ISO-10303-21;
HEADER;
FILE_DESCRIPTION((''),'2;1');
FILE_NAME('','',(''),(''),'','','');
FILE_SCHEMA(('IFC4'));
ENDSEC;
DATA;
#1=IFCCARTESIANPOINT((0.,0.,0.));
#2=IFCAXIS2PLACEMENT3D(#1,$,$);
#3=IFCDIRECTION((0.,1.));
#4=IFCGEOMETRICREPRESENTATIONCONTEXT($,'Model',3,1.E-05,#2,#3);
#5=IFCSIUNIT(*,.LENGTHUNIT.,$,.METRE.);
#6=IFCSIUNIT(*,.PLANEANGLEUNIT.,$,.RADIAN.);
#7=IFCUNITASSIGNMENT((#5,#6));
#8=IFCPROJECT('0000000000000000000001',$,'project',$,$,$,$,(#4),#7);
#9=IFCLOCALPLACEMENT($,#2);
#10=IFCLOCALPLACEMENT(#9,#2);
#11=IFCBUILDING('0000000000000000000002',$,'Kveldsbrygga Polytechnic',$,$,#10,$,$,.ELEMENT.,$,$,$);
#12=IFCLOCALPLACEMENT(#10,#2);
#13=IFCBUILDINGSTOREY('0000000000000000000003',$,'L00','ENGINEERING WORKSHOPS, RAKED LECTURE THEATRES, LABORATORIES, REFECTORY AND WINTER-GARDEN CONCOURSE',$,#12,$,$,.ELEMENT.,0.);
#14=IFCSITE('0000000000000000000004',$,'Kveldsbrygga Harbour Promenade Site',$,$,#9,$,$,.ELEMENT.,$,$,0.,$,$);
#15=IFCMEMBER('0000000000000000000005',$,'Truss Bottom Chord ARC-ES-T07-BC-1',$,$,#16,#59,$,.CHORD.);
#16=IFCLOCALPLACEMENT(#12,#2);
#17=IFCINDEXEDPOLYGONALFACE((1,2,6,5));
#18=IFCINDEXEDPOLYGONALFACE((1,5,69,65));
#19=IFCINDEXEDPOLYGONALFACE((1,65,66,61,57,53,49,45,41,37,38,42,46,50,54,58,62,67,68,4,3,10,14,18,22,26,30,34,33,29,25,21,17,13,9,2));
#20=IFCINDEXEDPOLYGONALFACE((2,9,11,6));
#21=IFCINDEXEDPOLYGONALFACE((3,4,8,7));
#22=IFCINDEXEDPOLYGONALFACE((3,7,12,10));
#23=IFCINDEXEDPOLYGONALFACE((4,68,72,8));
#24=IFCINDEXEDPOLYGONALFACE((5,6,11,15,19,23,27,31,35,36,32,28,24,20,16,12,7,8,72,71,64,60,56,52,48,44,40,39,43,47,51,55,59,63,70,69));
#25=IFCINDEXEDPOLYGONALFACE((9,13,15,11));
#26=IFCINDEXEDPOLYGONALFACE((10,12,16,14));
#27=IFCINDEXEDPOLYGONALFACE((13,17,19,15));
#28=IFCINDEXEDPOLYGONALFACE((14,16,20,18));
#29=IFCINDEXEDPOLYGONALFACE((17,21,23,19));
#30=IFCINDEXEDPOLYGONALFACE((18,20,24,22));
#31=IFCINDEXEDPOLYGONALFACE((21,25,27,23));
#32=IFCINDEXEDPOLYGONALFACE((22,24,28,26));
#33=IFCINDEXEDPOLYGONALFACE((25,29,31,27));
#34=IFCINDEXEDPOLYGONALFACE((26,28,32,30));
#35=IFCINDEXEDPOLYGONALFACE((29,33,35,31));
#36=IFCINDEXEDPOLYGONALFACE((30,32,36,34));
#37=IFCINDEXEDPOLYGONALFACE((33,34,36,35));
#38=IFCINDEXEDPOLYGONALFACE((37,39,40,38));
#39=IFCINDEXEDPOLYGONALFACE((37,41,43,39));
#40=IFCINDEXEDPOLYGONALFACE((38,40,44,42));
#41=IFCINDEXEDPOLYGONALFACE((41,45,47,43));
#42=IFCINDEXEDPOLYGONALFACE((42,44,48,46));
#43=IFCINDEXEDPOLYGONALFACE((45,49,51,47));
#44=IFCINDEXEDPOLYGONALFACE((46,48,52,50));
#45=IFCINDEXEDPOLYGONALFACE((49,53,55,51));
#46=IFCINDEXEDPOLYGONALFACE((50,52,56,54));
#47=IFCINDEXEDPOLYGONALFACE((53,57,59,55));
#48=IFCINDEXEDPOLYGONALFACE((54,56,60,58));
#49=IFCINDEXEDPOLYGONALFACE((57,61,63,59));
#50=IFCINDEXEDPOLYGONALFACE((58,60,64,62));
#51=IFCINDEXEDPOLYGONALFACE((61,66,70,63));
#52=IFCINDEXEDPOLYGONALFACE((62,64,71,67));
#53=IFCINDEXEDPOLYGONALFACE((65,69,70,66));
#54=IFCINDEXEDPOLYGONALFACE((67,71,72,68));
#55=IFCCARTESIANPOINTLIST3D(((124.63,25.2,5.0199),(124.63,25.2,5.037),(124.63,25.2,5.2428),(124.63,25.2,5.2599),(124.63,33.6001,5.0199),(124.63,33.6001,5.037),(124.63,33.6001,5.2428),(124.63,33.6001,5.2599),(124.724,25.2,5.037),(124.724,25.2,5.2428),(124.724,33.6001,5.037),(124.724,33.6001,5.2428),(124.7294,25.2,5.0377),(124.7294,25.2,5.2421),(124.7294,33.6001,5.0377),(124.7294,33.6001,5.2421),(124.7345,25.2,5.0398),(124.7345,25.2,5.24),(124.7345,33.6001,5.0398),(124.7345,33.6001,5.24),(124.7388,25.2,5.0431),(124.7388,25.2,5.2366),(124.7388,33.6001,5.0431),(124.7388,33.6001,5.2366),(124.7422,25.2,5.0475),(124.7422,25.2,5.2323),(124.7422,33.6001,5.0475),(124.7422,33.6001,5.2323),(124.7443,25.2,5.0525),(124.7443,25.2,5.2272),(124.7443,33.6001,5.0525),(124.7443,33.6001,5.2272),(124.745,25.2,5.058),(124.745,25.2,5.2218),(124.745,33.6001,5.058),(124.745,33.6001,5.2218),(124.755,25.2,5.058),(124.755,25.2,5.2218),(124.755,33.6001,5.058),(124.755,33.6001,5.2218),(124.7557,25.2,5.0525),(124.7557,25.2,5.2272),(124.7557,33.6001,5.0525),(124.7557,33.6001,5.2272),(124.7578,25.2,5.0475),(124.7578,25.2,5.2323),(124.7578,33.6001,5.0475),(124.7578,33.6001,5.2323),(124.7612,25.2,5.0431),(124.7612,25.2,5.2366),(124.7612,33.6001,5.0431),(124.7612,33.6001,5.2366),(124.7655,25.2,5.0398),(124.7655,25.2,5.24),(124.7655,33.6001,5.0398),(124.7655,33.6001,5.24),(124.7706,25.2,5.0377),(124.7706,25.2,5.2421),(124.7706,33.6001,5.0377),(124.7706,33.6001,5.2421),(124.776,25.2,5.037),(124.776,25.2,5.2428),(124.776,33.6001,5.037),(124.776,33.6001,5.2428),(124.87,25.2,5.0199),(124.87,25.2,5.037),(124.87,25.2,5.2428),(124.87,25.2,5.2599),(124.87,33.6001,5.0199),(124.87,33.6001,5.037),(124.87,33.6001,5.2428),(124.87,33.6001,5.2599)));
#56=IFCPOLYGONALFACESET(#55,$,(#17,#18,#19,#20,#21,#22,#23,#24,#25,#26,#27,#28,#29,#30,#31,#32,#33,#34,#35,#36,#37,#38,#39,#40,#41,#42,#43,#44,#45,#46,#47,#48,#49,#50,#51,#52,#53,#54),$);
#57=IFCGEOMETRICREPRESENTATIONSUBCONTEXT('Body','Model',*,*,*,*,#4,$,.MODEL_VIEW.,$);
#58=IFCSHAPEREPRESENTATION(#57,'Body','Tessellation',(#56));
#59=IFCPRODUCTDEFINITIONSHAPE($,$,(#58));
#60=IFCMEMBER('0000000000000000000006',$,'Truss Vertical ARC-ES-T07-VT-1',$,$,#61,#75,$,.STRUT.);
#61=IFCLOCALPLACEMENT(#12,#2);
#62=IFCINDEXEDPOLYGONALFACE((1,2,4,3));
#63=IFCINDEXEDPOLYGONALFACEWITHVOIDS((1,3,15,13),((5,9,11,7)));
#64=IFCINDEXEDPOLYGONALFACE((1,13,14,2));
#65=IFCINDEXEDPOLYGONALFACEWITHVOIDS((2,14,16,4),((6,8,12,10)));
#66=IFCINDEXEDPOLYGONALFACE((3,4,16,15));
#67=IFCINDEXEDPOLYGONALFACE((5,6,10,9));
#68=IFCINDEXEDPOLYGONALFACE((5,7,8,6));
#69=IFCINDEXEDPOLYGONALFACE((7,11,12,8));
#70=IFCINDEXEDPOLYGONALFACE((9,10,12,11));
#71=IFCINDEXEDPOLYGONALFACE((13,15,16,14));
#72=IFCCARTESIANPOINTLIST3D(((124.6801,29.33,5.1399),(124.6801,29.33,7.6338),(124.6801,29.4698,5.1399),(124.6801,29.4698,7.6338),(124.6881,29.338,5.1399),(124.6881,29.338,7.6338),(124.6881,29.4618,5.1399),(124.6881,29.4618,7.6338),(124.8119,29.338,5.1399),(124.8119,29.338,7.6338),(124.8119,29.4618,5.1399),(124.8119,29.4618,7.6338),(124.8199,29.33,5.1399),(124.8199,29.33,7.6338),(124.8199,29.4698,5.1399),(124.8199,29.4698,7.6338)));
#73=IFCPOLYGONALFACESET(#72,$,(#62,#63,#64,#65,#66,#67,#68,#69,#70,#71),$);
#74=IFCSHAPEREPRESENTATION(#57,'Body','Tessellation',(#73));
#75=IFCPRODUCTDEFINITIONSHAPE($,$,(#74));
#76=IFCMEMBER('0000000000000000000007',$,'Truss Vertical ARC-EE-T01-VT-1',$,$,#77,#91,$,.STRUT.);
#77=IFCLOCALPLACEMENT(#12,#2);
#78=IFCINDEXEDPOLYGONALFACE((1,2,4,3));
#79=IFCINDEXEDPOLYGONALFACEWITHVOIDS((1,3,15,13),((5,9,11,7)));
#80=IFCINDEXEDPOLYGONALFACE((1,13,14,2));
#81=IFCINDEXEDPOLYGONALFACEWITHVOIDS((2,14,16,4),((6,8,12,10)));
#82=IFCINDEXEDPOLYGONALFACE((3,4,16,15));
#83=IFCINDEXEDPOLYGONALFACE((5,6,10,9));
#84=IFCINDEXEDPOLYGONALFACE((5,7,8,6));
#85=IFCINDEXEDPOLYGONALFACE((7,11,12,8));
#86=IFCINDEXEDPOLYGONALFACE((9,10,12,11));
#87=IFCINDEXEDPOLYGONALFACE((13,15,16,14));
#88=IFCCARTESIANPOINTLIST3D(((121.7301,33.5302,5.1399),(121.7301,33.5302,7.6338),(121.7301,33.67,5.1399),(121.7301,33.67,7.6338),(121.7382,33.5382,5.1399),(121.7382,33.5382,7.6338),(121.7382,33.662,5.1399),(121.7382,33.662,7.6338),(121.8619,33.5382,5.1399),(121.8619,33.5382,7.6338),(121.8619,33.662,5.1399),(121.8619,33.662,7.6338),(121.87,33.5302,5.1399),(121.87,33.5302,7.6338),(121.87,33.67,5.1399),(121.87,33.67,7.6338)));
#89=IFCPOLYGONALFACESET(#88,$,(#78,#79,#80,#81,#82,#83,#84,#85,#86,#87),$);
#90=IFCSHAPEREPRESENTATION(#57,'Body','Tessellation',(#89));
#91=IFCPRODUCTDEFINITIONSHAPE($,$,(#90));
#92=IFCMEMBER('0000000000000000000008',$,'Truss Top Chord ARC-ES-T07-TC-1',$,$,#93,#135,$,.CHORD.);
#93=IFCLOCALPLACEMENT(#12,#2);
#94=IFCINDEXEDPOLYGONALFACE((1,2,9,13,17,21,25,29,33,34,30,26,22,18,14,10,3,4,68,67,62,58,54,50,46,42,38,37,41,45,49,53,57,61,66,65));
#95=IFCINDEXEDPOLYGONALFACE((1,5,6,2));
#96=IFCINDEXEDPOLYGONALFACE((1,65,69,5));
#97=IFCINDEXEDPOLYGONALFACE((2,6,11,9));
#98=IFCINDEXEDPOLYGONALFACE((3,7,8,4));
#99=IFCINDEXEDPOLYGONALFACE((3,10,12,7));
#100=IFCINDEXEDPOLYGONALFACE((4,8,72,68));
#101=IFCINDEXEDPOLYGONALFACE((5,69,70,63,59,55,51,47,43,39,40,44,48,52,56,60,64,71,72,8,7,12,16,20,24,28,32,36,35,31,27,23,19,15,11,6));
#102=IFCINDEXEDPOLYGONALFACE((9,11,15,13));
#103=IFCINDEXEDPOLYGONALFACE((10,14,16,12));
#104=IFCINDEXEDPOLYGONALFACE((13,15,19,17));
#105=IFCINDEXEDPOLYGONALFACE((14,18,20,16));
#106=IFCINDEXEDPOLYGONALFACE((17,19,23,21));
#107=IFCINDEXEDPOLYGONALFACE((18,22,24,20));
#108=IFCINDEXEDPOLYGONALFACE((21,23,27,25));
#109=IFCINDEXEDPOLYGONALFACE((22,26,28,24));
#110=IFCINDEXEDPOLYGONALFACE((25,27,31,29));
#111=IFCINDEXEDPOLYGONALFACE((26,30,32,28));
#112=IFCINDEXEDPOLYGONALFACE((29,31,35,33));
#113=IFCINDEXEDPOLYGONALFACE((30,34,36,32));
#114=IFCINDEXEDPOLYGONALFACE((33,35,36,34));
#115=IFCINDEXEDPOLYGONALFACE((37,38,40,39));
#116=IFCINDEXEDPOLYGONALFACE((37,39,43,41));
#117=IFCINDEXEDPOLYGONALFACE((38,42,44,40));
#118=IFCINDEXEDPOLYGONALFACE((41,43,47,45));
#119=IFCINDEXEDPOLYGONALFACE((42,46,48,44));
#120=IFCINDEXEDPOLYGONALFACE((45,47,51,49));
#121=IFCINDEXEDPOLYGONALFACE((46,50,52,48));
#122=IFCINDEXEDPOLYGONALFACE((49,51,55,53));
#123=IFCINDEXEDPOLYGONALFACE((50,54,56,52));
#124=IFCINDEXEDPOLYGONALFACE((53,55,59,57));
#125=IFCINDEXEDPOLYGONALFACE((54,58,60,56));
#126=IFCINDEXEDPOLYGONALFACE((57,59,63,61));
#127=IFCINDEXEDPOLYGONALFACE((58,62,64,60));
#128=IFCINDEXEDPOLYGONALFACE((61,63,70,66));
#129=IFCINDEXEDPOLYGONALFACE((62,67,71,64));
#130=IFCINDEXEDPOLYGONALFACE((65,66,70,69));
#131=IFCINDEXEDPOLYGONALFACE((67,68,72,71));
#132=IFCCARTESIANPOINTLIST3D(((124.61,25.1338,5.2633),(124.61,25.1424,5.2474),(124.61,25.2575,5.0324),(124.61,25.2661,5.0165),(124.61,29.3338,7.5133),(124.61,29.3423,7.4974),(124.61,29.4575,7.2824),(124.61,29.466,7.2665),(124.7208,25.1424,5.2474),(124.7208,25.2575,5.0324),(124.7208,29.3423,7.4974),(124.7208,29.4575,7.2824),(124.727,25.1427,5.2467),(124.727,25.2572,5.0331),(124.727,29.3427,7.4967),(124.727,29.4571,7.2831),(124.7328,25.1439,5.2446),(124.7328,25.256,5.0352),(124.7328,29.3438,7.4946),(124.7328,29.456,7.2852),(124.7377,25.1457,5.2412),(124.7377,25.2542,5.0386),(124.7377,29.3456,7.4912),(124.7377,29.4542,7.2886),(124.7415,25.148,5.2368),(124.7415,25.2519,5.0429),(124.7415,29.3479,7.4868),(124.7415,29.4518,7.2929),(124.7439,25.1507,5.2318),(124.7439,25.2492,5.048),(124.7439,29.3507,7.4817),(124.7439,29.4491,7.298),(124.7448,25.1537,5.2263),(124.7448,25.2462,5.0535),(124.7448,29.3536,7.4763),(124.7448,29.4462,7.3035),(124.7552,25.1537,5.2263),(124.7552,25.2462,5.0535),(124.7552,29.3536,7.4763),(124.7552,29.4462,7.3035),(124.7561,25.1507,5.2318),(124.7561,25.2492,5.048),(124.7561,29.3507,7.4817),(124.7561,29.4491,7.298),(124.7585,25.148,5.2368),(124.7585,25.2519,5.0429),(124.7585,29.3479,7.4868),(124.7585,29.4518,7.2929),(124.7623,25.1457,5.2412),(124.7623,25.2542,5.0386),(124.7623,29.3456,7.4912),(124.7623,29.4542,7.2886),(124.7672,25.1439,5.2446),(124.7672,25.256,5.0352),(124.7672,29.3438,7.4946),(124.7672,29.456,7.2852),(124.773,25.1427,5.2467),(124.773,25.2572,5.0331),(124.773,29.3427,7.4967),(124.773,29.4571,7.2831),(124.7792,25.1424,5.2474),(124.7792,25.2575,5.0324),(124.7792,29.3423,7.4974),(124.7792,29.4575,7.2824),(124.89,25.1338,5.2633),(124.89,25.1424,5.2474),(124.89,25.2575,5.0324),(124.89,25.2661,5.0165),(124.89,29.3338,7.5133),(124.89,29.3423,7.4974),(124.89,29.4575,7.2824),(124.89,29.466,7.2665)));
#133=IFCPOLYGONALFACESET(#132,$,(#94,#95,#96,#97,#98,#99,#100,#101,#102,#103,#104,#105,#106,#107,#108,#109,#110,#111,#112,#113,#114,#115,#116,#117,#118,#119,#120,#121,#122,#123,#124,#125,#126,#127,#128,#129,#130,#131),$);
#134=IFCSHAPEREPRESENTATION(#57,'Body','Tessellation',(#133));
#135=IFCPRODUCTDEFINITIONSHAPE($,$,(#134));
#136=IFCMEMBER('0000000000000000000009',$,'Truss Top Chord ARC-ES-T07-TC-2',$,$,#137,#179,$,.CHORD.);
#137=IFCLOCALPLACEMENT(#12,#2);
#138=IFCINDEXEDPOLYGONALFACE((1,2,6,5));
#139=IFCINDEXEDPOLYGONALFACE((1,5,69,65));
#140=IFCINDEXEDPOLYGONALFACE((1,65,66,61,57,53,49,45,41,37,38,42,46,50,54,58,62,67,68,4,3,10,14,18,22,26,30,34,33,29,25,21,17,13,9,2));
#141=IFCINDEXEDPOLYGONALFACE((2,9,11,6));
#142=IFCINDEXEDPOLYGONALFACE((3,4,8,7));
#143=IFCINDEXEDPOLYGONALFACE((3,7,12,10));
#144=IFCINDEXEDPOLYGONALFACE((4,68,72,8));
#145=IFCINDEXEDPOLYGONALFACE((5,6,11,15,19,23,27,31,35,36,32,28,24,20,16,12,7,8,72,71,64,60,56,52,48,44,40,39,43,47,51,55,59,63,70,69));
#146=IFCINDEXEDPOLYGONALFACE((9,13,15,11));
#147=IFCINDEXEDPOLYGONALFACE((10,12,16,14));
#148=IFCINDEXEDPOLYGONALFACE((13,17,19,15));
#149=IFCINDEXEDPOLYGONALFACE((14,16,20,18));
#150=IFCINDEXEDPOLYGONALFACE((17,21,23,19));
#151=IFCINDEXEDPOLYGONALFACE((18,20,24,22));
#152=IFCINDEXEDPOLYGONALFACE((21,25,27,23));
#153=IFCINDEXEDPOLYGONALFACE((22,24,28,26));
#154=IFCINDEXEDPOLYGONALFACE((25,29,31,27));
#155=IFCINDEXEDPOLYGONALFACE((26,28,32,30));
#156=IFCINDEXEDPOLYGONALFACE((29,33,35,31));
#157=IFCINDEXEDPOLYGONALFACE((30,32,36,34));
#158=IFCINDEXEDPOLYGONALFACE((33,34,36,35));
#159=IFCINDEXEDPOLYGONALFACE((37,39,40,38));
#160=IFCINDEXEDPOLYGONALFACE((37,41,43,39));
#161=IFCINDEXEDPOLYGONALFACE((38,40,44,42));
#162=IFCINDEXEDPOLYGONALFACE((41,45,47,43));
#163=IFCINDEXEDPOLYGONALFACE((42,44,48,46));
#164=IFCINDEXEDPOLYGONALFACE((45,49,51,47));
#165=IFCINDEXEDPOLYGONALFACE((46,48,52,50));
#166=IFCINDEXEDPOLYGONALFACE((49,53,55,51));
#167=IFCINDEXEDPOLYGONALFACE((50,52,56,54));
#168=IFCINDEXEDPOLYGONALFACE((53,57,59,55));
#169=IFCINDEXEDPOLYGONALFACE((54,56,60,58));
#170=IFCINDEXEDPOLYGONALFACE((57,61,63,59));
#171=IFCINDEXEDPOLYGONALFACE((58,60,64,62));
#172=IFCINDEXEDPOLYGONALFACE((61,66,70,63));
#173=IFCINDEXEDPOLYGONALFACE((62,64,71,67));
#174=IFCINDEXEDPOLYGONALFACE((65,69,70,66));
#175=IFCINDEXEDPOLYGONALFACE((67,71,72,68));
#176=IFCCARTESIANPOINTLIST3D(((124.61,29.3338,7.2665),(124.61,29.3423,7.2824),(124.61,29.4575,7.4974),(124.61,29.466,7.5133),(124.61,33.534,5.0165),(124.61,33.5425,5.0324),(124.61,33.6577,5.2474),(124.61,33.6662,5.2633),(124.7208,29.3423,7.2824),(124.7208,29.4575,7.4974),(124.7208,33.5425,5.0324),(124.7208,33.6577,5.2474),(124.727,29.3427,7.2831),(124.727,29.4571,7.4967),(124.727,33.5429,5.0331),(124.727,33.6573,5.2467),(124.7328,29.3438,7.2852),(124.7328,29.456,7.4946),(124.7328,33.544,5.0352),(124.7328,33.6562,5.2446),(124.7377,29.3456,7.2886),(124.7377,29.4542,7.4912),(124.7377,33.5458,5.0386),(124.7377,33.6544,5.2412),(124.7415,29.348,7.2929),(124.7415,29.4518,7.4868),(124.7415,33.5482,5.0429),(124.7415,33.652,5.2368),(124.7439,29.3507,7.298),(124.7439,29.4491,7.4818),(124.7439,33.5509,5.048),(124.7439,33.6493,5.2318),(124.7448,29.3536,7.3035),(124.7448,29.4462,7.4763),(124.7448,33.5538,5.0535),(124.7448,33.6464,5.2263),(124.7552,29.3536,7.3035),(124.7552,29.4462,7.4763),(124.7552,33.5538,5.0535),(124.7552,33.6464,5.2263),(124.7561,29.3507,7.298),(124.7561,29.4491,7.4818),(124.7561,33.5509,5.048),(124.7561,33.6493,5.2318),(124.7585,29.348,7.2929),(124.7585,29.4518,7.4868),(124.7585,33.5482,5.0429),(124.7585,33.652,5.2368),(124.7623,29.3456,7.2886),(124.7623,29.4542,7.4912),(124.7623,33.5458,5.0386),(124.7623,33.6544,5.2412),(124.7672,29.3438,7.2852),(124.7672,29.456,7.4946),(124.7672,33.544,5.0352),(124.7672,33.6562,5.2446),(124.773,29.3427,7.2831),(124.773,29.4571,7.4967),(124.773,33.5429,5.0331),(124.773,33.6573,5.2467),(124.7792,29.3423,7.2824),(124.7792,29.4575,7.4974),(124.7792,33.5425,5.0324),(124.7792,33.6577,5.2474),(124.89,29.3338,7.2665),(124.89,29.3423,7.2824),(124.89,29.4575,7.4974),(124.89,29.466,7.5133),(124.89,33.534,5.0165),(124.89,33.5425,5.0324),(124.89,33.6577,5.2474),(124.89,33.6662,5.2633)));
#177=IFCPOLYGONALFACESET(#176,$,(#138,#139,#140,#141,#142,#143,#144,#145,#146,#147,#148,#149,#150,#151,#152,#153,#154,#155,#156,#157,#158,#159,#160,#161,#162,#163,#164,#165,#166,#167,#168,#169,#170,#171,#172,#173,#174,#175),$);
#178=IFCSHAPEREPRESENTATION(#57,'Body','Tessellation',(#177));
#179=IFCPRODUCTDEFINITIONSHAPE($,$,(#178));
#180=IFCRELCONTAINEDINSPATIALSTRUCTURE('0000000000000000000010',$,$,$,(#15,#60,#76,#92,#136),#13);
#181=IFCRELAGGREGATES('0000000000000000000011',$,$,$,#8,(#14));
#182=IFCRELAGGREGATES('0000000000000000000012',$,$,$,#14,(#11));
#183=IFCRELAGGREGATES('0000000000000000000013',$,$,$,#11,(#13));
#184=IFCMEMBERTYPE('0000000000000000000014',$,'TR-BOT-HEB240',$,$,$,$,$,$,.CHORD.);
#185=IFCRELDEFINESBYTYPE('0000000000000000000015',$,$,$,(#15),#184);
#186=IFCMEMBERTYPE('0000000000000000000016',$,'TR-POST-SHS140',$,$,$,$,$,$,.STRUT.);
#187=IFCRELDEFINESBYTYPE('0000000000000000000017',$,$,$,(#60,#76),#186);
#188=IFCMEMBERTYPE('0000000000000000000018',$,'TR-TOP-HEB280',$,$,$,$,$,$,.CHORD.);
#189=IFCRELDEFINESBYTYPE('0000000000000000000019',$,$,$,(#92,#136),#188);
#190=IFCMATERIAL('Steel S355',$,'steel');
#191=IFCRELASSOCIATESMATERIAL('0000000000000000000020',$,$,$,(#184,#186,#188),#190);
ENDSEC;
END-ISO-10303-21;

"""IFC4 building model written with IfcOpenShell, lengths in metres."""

from ifc_helpers import new_model, si_unit, direction, frame, origin, origin_2d, place, context, subcontext, project, spatial, hollow_rectangle, i_section, extrude, material, material_profile, profile_set, type_object, element, save


model = new_model("IFC4")

# Units and contexts
model_context = context("Model", 3, precision=1e-05, world=origin(), true_north=direction((0.0, 1.0)))
body_context = subcontext(model_context, "Body", "Model", "MODEL_VIEW")
ifc_project = project(units=[si_unit("LENGTHUNIT", "METRE"), si_unit("PLANEANGLEUNIT", "RADIAN")], contexts=[model_context])

# Site, building, storey
site_placement = place(None, origin())
site = spatial("IfcSite", under=ifc_project, at=site_placement, Name="Kveldsbrygga Harbour Promenade Site", CompositionType="ELEMENT", RefElevation=0.0)
building_placement = place(site_placement, origin())
building = spatial("IfcBuilding", under=site, at=building_placement, Name="Kveldsbrygga Polytechnic", CompositionType="ELEMENT")
storey_placement = place(building_placement, origin())
storey = spatial("IfcBuildingStorey", under=building, at=storey_placement, Name="L00", Description="ENGINEERING WORKSHOPS, RAKED LECTURE THEATRES, LABORATORIES, REFECTORY AND WINTER-GARDEN CONCOURSE", CompositionType="ELEMENT", Elevation=0.0)

# Members
ifc_material_1 = material(Name="Steel S355", Category="steel")
ifc_material_profile_1 = material_profile(ifc_material_1, i_section(OverallWidth=0.24, OverallDepth=0.24, WebThickness=0.01, FlangeThickness=0.0171, FilletRadius=0.021, at=origin_2d()), Name="HEB 240")
ifc_profile_set_1 = profile_set([ifc_material_profile_1], Name="Steel S355")
member_type_1 = type_object("IfcMemberType", Name="TR-BOT-HEB240", PredefinedType="CHORD", material=ifc_profile_set_1)
member_1_placement = place(storey_placement, frame((124.75, 25.2, 5.1399), z_axis=(0.0, 1.0, 0.0), x_axis=(-1.0, 0.0, 0.0)))
element("IfcMember", 1, at=member_1_placement, inside=storey, type_object=member_type_1, Name="Truss Bottom Chord ARC-ES-T07-BC-1", PredefinedType="CHORD", context=body_context, shape_type="SweptSolid", body=[
    extrude(i_section(OverallWidth=0.24, OverallDepth=0.24, WebThickness=0.01, FlangeThickness=0.0171, FilletRadius=0.021, at=origin_2d()), origin(), (0.0, 0.0, 1.0), 8.4001),
])
ifc_material_profile_2 = material_profile(ifc_material_1, hollow_rectangle(XDim=0.1399, YDim=0.1399, WallThickness=0.0081, at=origin_2d()), Name="SHS 140x140x8.0")
ifc_profile_set_2 = profile_set([ifc_material_profile_2], Name="Steel S355")
member_type_2 = type_object("IfcMemberType", Name="TR-POST-SHS140", PredefinedType="STRUT", material=ifc_profile_set_2)
for number, where, z_axis, x_axis, name in (
    (2, (124.75, 29.3999, 5.1399), (0.0, 0.0, 1.0), (1.0, 0.0, 0.0), "Truss Vertical ARC-ES-T07-VT-1"),
    (3, (121.8, 33.6001, 5.1399), (0.0, 0.0, 1.0), (1.0, 0.0, 0.0), "Truss Vertical ARC-EE-T01-VT-1"),
):
    element("IfcMember", number, at=place(storey_placement, frame(where, z_axis=z_axis, x_axis=x_axis)), inside=storey, type_object=member_type_2, Name=name, PredefinedType="STRUT", context=body_context, shape_type="SweptSolid", body=[
        extrude(hollow_rectangle(XDim=0.1399, YDim=0.1399, WallThickness=0.0081, at=origin_2d()), origin(), (0.0, 0.0, 1.0), 2.4939),
    ])
ifc_material_profile_3 = material_profile(ifc_material_1, i_section(OverallWidth=0.28, OverallDepth=0.28, WebThickness=0.0105, FlangeThickness=0.0181, FilletRadius=0.0239, at=origin_2d()), Name="HEB 280")
ifc_profile_set_3 = profile_set([ifc_material_profile_3], Name="Steel S355")
member_type_3 = type_object("IfcMemberType", Name="TR-TOP-HEB280", PredefinedType="CHORD", material=ifc_profile_set_3)
member_2_placement = place(storey_placement, frame((124.75, 25.2, 5.1399), z_axis=(0.0, 0.881478, 0.472226), x_axis=(-1.0, 0.0, 0.0)))
element("IfcMember", 4, at=member_2_placement, inside=storey, type_object=member_type_3, Name="Truss Top Chord ARC-ES-T07-TC-1", PredefinedType="CHORD", context=body_context, shape_type="SweptSolid", body=[
    extrude(i_section(OverallWidth=0.28, OverallDepth=0.28, WebThickness=0.0105, FlangeThickness=0.0181, FilletRadius=0.0239, at=origin_2d()), origin(), (0.0, 0.0, 1.0), 4.7646),
])
member_3_placement = place(storey_placement, frame((124.75, 29.3999, 7.3899), z_axis=(0.0, 0.881489, -0.472204), x_axis=(-1.0, 0.0, 0.0)))
element("IfcMember", 5, at=member_3_placement, inside=storey, type_object=member_type_3, Name="Truss Top Chord ARC-ES-T07-TC-2", PredefinedType="CHORD", context=body_context, shape_type="SweptSolid", body=[
    extrude(i_section(OverallWidth=0.28, OverallDepth=0.28, WebThickness=0.0105, FlangeThickness=0.0181, FilletRadius=0.0239, at=origin_2d()), origin(), (0.0, 0.0, 1.0), 4.7649),
])

save(model, "model.ifc")
